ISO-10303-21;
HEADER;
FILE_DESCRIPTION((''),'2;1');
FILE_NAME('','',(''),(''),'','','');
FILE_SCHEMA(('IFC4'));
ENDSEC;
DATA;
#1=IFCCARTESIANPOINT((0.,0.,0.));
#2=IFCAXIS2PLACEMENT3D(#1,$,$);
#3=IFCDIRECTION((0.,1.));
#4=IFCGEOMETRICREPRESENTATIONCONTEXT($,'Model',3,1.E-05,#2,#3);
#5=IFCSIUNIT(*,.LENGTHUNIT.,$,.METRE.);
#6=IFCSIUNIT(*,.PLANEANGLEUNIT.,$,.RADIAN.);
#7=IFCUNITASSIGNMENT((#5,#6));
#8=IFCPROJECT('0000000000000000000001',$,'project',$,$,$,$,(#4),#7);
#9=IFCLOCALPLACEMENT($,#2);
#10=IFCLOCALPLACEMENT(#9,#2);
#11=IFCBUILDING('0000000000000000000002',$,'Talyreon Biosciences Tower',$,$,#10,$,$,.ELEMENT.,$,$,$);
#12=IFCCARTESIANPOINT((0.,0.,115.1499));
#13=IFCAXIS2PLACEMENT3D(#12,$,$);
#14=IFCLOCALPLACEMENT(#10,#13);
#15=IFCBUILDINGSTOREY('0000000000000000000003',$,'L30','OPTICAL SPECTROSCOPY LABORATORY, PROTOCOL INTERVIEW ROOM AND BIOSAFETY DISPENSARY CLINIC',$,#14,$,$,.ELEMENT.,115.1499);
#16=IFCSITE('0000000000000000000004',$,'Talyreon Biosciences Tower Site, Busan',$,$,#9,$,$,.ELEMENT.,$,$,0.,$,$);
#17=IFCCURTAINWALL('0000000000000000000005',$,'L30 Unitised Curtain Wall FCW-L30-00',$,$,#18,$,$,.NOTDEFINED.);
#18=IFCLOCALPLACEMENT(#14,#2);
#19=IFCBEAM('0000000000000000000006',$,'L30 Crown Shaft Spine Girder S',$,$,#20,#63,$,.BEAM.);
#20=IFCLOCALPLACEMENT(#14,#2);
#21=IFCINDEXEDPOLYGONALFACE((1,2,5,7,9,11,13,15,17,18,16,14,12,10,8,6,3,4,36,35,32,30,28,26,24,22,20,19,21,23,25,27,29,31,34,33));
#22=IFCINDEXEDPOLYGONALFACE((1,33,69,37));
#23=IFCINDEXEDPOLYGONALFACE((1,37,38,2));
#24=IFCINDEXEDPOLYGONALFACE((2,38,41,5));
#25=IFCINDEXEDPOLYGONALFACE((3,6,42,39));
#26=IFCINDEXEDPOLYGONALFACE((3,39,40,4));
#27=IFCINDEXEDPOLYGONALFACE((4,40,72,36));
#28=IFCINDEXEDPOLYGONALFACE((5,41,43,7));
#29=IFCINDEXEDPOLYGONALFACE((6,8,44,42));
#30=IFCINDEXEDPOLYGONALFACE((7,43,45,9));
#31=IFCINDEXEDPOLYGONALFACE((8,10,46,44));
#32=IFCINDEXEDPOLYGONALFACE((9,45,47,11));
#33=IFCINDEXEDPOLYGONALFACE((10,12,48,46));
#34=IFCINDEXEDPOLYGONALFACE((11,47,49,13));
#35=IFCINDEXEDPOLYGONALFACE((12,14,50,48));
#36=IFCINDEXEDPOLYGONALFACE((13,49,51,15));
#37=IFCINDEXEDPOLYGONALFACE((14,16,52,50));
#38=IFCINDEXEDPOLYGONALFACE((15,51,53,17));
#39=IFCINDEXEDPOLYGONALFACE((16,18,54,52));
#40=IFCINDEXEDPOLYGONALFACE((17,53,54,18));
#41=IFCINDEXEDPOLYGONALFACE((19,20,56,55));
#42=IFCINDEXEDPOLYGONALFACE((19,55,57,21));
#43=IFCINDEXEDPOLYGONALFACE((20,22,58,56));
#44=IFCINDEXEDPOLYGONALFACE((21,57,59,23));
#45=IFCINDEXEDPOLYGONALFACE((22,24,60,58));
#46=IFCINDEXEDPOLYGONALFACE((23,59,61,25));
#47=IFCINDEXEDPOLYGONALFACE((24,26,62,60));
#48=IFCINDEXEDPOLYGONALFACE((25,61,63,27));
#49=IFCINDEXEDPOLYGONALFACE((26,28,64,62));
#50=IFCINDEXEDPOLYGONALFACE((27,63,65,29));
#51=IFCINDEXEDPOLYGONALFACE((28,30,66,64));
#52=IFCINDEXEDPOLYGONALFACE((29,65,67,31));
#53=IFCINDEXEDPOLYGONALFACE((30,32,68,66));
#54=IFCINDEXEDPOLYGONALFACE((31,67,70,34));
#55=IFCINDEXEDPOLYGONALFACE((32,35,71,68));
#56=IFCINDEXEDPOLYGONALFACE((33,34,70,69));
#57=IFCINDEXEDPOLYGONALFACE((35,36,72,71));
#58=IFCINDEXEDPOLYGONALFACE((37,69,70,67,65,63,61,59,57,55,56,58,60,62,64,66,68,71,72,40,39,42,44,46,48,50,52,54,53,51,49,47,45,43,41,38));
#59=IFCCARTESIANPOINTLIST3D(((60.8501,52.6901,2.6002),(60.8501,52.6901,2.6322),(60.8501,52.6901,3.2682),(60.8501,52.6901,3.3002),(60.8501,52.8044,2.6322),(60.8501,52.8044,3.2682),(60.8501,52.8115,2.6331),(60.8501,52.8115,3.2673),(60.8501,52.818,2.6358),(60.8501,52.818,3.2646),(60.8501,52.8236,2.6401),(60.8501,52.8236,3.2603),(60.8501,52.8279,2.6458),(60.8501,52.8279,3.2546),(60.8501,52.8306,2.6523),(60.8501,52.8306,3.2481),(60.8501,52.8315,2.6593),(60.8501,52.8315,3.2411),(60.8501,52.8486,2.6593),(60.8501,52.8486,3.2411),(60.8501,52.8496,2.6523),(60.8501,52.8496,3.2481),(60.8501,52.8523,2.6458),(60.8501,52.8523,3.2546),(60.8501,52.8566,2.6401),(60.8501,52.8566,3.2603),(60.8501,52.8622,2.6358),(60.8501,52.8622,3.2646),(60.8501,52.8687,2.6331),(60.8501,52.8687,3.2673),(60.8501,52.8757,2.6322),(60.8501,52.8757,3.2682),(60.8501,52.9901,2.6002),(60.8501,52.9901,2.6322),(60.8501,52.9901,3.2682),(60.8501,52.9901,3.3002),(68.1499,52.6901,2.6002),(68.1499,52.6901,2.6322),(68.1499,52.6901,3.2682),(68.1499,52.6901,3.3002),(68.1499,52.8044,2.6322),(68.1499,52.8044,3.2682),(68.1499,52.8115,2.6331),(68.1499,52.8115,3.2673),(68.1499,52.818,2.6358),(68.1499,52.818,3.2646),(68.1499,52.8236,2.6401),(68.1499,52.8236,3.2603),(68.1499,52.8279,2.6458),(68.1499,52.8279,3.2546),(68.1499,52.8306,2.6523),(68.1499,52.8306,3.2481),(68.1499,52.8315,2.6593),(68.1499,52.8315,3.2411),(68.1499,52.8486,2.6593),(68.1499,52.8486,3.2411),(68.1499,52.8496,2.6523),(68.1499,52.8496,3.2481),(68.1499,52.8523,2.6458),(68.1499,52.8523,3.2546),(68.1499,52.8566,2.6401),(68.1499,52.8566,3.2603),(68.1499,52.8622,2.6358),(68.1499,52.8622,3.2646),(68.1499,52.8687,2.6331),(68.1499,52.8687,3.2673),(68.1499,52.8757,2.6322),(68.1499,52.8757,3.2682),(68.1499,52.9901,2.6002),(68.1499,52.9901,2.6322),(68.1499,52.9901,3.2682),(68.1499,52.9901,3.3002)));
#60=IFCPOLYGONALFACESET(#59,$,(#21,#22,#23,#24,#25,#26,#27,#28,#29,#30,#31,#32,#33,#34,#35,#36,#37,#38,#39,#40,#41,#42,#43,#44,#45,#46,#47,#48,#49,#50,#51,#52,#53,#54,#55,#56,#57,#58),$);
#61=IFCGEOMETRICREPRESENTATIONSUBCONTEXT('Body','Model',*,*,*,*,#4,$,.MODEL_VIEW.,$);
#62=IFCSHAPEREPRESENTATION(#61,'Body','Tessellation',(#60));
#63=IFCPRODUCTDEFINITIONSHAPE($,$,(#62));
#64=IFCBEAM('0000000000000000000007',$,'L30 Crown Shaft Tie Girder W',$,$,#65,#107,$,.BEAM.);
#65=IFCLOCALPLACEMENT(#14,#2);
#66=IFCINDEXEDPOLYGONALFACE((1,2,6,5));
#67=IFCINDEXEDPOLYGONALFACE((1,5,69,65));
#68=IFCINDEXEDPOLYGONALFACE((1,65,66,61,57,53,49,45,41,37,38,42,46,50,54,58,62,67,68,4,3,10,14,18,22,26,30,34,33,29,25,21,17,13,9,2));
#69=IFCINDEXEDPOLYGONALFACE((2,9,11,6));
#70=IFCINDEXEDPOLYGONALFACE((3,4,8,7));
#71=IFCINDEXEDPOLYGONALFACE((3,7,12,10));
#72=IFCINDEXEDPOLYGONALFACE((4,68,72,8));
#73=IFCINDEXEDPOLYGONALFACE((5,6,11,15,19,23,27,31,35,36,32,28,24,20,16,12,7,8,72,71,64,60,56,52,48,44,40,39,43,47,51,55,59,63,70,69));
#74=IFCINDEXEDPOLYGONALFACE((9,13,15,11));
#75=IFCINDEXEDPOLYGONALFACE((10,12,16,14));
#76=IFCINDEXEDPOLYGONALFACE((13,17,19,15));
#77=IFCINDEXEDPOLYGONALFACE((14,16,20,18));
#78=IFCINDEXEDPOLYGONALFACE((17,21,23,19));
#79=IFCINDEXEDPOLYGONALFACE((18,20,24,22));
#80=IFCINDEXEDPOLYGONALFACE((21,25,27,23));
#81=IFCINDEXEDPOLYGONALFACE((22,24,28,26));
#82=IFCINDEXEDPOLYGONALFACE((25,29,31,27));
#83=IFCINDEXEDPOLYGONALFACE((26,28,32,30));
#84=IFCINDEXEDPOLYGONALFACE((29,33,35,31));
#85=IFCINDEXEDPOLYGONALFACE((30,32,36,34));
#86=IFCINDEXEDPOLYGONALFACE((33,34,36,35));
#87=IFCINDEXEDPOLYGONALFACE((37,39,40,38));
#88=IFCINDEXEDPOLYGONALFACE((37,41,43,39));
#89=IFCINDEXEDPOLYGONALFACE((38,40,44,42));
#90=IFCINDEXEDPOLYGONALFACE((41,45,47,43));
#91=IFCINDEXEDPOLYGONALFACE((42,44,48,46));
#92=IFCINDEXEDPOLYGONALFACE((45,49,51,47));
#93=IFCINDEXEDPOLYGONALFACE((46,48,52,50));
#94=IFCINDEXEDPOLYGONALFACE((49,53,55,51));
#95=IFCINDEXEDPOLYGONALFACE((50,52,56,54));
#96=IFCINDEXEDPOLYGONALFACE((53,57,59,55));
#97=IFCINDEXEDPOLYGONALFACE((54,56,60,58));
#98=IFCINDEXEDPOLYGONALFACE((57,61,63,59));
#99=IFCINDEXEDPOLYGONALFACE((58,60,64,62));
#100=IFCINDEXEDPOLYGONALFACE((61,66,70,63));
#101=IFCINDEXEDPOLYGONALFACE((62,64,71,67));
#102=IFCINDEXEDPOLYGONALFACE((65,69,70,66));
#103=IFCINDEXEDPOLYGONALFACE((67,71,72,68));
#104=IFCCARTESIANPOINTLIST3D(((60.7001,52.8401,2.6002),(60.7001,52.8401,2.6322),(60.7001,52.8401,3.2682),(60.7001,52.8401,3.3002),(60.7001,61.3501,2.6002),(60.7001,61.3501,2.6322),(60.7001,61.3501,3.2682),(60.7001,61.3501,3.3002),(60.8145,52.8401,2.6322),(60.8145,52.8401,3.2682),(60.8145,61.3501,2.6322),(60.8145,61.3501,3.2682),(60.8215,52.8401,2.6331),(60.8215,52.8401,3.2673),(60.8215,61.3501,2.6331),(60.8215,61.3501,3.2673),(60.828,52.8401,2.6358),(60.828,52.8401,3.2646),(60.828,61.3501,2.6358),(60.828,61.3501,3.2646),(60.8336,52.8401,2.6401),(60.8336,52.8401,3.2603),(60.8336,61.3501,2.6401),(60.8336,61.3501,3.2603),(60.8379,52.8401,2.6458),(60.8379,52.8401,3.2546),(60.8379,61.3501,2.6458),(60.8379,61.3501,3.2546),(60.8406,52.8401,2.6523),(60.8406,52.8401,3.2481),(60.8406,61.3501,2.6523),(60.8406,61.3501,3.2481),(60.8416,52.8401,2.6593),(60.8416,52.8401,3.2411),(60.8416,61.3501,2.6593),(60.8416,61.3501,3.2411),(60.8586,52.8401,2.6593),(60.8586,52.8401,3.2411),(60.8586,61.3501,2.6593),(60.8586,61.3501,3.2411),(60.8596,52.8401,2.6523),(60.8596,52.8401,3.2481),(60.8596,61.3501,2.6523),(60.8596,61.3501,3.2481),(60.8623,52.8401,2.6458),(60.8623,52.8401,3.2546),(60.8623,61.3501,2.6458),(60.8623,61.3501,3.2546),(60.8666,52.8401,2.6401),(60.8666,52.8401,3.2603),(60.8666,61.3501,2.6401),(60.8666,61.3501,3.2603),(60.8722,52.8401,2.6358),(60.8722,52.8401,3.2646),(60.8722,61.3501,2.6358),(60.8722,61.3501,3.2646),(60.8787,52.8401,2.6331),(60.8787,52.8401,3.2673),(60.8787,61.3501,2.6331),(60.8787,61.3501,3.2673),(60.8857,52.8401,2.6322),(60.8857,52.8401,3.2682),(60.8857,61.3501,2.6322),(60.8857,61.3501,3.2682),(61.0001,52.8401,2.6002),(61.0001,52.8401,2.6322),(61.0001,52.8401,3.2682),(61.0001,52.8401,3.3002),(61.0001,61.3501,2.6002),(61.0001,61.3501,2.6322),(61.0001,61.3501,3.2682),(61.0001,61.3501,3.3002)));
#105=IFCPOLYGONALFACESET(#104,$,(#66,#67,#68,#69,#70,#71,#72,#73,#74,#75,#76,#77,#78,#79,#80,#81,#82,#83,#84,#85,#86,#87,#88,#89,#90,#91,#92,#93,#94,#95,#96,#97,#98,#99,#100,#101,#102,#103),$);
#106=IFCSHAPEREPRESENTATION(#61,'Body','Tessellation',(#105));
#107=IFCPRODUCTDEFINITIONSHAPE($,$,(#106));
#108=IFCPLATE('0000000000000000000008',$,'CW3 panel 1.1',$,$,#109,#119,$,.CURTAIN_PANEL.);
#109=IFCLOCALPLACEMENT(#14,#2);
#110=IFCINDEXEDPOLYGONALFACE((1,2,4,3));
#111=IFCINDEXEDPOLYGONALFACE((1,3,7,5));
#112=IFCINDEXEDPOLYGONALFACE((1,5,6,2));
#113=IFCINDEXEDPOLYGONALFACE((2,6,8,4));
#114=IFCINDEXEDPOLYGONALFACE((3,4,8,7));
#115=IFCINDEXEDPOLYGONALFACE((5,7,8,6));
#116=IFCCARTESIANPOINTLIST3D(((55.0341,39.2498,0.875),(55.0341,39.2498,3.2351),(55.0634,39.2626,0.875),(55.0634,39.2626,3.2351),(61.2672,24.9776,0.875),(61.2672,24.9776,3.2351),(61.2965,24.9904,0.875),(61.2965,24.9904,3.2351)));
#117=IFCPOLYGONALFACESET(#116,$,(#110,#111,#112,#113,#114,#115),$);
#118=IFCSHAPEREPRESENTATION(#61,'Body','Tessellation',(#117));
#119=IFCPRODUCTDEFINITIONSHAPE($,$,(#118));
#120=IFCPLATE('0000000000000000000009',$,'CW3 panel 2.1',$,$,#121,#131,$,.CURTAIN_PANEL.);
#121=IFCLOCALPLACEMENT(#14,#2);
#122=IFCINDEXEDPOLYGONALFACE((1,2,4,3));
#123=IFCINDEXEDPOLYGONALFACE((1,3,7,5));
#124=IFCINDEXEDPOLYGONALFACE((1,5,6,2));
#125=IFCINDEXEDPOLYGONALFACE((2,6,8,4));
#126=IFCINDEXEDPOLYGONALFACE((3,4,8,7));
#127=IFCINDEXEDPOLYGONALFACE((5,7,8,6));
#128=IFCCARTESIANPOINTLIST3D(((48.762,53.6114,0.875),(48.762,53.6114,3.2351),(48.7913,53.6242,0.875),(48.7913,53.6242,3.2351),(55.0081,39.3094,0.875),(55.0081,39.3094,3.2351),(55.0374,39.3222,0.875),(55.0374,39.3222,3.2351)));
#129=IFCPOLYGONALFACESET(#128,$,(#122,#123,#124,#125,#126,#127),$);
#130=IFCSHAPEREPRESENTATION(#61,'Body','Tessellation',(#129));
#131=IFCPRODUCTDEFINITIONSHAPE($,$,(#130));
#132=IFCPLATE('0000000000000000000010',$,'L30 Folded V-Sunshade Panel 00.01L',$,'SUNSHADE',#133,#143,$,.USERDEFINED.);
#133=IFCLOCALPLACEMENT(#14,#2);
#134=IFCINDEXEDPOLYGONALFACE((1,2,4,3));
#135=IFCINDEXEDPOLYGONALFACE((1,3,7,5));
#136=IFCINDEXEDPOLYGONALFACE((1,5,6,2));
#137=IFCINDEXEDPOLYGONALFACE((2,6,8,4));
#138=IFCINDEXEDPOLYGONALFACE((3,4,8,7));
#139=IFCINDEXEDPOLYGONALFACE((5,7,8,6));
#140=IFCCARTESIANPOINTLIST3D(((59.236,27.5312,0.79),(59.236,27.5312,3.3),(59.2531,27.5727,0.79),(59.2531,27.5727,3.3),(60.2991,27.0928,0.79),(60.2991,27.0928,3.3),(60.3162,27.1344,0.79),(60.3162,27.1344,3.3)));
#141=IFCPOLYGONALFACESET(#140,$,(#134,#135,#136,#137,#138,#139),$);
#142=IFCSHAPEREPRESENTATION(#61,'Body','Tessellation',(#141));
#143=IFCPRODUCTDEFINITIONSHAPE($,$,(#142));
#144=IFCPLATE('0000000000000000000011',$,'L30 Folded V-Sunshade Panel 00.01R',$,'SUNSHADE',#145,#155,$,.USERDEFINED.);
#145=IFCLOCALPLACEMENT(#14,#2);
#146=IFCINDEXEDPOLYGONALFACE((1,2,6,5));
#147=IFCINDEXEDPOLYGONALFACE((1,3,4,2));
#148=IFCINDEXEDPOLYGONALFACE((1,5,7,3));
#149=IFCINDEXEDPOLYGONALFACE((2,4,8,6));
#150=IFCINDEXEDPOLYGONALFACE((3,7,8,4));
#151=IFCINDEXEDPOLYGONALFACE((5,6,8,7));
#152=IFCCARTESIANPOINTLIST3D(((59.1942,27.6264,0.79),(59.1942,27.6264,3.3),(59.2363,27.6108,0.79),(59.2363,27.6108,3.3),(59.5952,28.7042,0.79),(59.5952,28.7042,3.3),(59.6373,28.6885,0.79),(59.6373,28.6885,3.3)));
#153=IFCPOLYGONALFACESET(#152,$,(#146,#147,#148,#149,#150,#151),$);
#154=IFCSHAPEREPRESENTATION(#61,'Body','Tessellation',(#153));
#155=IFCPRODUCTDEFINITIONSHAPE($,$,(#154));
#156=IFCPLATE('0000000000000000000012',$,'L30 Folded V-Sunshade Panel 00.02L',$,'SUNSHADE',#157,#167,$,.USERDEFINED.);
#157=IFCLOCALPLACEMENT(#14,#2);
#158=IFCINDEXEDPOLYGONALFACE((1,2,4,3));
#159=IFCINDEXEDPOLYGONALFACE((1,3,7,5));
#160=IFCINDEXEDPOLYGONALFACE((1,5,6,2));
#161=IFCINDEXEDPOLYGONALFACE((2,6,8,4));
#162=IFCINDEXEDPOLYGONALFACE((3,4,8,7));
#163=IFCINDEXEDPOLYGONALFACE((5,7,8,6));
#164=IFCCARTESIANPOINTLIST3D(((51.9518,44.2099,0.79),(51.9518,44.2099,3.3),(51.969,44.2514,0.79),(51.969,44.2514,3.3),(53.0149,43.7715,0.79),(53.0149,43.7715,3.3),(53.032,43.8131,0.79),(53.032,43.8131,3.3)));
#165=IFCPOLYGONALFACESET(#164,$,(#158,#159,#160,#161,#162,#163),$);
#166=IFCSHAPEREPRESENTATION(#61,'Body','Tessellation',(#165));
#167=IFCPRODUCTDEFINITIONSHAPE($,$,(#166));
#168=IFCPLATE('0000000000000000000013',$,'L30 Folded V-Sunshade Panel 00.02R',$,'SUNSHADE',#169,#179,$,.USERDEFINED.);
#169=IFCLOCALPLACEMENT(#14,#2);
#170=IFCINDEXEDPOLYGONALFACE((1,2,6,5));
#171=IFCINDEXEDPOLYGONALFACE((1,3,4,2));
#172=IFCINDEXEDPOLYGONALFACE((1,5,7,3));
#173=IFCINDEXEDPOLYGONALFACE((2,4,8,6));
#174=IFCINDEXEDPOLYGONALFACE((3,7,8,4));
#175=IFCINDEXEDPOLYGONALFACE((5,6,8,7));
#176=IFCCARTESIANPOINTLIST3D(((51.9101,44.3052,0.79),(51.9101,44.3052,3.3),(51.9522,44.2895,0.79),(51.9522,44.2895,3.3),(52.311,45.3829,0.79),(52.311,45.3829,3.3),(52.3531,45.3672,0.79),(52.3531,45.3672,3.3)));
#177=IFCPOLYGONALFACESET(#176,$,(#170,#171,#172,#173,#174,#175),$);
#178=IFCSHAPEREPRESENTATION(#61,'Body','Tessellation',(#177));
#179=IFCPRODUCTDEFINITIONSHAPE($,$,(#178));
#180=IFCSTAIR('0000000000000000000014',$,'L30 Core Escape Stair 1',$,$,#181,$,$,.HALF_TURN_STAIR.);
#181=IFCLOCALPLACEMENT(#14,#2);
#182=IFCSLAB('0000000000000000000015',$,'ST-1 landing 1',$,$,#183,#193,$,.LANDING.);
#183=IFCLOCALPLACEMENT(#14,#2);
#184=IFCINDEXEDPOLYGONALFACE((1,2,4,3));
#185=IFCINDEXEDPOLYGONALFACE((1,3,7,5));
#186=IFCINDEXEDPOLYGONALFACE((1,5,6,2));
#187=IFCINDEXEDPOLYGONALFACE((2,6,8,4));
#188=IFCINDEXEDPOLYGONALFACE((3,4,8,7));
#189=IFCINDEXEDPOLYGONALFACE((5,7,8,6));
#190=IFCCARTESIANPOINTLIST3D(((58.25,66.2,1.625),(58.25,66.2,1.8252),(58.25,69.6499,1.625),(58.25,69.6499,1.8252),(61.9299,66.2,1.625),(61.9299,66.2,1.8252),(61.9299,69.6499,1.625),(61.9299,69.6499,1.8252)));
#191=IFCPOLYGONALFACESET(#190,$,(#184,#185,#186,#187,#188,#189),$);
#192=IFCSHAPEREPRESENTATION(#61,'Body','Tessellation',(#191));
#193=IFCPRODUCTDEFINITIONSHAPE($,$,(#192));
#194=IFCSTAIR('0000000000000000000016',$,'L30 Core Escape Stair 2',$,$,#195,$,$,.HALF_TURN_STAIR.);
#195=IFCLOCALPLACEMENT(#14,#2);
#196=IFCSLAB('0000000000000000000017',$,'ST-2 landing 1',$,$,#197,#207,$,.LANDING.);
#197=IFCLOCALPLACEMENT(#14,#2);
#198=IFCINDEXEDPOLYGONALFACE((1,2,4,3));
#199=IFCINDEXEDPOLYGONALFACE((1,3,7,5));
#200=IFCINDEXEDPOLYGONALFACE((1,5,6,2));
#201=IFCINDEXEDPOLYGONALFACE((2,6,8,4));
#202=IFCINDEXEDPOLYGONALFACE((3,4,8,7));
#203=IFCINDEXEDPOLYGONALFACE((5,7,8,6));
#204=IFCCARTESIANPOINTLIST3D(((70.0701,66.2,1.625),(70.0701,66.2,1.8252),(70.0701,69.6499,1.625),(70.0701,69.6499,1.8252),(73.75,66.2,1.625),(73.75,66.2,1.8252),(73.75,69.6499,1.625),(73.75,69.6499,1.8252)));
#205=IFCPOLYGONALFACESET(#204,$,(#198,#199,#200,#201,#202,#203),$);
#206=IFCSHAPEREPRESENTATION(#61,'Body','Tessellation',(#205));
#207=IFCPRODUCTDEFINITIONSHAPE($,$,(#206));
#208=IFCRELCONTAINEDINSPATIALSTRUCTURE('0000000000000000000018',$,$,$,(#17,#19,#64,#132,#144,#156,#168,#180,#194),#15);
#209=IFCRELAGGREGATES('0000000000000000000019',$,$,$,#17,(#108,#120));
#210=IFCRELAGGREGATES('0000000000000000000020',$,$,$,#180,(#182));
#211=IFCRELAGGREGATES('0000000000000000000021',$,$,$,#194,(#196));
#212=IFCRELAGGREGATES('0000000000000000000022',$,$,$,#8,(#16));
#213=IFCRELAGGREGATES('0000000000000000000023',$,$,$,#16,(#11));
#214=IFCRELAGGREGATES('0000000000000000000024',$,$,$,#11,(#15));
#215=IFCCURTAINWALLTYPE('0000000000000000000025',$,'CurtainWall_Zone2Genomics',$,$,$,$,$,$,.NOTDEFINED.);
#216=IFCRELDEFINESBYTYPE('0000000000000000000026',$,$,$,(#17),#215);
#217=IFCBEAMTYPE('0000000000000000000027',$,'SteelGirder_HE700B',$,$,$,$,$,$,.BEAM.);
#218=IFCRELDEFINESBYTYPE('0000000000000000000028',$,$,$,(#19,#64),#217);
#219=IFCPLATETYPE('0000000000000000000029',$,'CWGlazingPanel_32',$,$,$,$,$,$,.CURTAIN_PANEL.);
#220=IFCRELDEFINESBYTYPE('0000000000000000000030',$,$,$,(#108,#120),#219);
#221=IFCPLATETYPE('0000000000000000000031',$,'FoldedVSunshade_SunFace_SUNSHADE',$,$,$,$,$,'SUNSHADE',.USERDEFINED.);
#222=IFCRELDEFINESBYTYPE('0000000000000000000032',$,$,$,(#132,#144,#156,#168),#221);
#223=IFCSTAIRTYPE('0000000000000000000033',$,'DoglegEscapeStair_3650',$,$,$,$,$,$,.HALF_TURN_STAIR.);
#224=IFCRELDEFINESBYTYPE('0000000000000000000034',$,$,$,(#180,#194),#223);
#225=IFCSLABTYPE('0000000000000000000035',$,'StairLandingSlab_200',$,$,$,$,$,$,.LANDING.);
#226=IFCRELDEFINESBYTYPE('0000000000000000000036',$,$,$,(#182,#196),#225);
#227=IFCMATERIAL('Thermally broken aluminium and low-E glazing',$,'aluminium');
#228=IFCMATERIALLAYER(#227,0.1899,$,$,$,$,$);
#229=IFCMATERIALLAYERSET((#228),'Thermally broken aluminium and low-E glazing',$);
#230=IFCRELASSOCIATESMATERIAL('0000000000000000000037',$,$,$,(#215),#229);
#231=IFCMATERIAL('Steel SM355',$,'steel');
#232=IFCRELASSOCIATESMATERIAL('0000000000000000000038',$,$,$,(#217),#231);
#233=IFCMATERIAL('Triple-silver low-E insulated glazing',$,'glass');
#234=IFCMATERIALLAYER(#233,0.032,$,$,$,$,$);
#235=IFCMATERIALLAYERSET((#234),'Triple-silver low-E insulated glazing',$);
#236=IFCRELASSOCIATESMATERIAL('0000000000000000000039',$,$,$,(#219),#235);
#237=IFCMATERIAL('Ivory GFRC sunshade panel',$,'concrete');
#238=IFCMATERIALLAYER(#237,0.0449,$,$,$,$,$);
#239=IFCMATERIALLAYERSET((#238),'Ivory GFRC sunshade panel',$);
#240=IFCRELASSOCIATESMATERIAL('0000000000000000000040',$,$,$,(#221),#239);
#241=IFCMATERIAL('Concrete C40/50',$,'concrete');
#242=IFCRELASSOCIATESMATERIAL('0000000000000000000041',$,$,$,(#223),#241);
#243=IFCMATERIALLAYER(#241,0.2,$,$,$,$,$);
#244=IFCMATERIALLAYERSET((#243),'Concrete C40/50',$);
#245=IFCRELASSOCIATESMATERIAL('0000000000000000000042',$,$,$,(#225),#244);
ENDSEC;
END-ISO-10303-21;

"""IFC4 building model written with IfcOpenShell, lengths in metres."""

from ifc_helpers import new_model, si_unit, direction, frame, origin, origin_2d, place, context, subcontext, project, spatial, polyline, rectangle, i_section, outline, extrude, material, layer, layer_set, material_profile, profile_set, type_object, element, aggregate, save


model = new_model("IFC4")

# Units and contexts
model_context = context("Model", 3, precision=1e-05, world=origin(), true_north=direction((0.0, 1.0)))
body_context = subcontext(model_context, "Body", "Model", "MODEL_VIEW")
ifc_project = project(units=[si_unit("LENGTHUNIT", "METRE"), si_unit("PLANEANGLEUNIT", "RADIAN")], contexts=[model_context])

# Site, building, storey
site_placement = place(None, origin())
site = spatial("IfcSite", under=ifc_project, at=site_placement, Name="Talyreon Biosciences Tower Site, Busan", CompositionType="ELEMENT", RefElevation=0.0)
building_placement = place(site_placement, origin())
building = spatial("IfcBuilding", under=site, at=building_placement, Name="Talyreon Biosciences Tower", CompositionType="ELEMENT")
storey_placement = place(building_placement, frame((0.0, 0.0, 115.1499)))
storey = spatial("IfcBuildingStorey", under=building, at=storey_placement, Name="L30", Description="OPTICAL SPECTROSCOPY LABORATORY, PROTOCOL INTERVIEW ROOM AND BIOSAFETY DISPENSARY CLINIC", CompositionType="ELEMENT", Elevation=115.1499)

# Curtain wall
ifc_material_1 = material(Name="Thermally broken aluminium and low-E glazing", Category="aluminium")
ifc_layer_1 = layer(ifc_material_1, 0.1899)
ifc_layer_set_1 = layer_set([ifc_layer_1], Name="Thermally broken aluminium and low-E glazing")
curtain_wall_type = type_object("IfcCurtainWallType", Name="CurtainWall_Zone2Genomics", PredefinedType="NOTDEFINED", material=ifc_layer_set_1)
curtain_wall_placement = place(storey_placement, origin())
curtain_wall = element("IfcCurtainWall", 1, at=curtain_wall_placement, inside=storey, type_object=curtain_wall_type, Name="L30 Unitised Curtain Wall FCW-L30-00", PredefinedType="NOTDEFINED")

# Beams
ifc_material_2 = material(Name="Steel SM355", Category="steel")
ifc_material_profile_1 = material_profile(ifc_material_2, i_section(OverallWidth=0.3, OverallDepth=0.7, WebThickness=0.0171, FlangeThickness=0.032, FilletRadius=0.0271, at=origin_2d()), Name="HE700B")
ifc_profile_set_1 = profile_set([ifc_material_profile_1], Name="Steel SM355")
beam_type_1 = type_object("IfcBeamType", Name="SteelGirder_HE700B", PredefinedType="BEAM", material=ifc_profile_set_1)
beam_1_placement = place(storey_placement, frame((60.8501, 52.8401, 2.9502), z_axis=(1.0, 0.0, 0.0), x_axis=(0.0, 1.0, 0.0)))
element("IfcBeam", 2, at=beam_1_placement, inside=storey, type_object=beam_type_1, Name="L30 Crown Shaft Spine Girder S", PredefinedType="BEAM", context=body_context, shape_type="SweptSolid", body=[
    extrude(i_section(OverallWidth=0.3, OverallDepth=0.7, WebThickness=0.0171, FlangeThickness=0.032, FilletRadius=0.0271, at=origin_2d()), origin(), (0.0, 0.0, 1.0), 7.2998),
])
beam_2_placement = place(storey_placement, frame((60.8501, 52.8401, 2.9502), z_axis=(0.0, 1.0, 0.0), x_axis=(-1.0, 0.0, 0.0)))
element("IfcBeam", 3, at=beam_2_placement, inside=storey, type_object=beam_type_1, Name="L30 Crown Shaft Tie Girder W", PredefinedType="BEAM", context=body_context, shape_type="SweptSolid", body=[
    extrude(i_section(OverallWidth=0.3, OverallDepth=0.7, WebThickness=0.0171, FlangeThickness=0.032, FilletRadius=0.0271, at=origin_2d()), origin(), (0.0, 0.0, 1.0), 8.51),
])

# Plates
ifc_material_3 = material(Name="Triple-silver low-E insulated glazing", Category="glass")
ifc_layer_2 = layer(ifc_material_3, 0.032)
ifc_layer_set_2 = layer_set([ifc_layer_2], Name="Triple-silver low-E insulated glazing")
plate_type_1 = type_object("IfcPlateType", Name="CWGlazingPanel_32", PredefinedType="CURTAIN_PANEL", material=ifc_layer_set_2)
plate_1_placement = place(storey_placement, frame((58.1653, 32.1201, 0.875), z_axis=(0.0, 0.0, 1.0), x_axis=(-0.400226, 0.916416, 0.0)))
plate_1 = element("IfcPlate", 4, at=plate_1_placement, type_object=plate_type_1, Name="CW3 panel 1.1", PredefinedType="CURTAIN_PANEL", context=body_context, shape_type="SweptSolid", body=[
    extrude(rectangle(XDim=15.574, YDim=0.032, at=origin_2d()), origin(), (0.0, 0.0, 1.0), 2.3601),
])
plate_2_placement = place(storey_placement, frame((51.8997, 46.4668, 0.875), z_axis=(0.0, 0.0, 1.0), x_axis=(-0.400226, 0.916416, 0.0)))
plate_2 = element("IfcPlate", 5, at=plate_2_placement, type_object=plate_type_1, Name="CW3 panel 2.1", PredefinedType="CURTAIN_PANEL", context=body_context, shape_type="SweptSolid", body=[
    extrude(rectangle(XDim=15.6064, YDim=0.032, at=origin_2d()), origin(), (0.0, 0.0, 1.0), 2.3601),
])
aggregate(curtain_wall, [plate_1, plate_2])

# Plates
ifc_material_4 = material(Name="Ivory GFRC sunshade panel", Category="concrete")
ifc_layer_3 = layer(ifc_material_4, 0.0449)
ifc_layer_set_3 = layer_set([ifc_layer_3], Name="Ivory GFRC sunshade panel")
plate_type_2 = type_object("IfcPlateType", Name="FoldedVSunshade_SunFace_SUNSHADE", ElementType="SUNSHADE", PredefinedType="USERDEFINED", material=ifc_layer_set_3)
for number, where, z_axis, x_axis, name in (
    (6, (59.7761, 27.3328, 0.79), (0.0, 0.0, 1.0), (-0.924493, 0.381199, 0.0), "L30 Folded V-Sunshade Panel 00.01L"),
    (7, (59.4158, 28.1575, 0.79), (0.0, 0.0, 1.0), (0.348703, 0.937233, 0.0), "L30 Folded V-Sunshade Panel 00.01R"),
    (8, (52.4919, 44.0115, 0.79), (0.0, 0.0, 1.0), (-0.924493, 0.381199, 0.0), "L30 Folded V-Sunshade Panel 00.02L"),
    (9, (52.1316, 44.8362, 0.79), (0.0, 0.0, 1.0), (0.348703, 0.937233, 0.0), "L30 Folded V-Sunshade Panel 00.02R"),
):
    element("IfcPlate", number, at=place(storey_placement, frame(where, z_axis=z_axis, x_axis=x_axis)), inside=storey, type_object=plate_type_2, Name=name, ObjectType="SUNSHADE", PredefinedType="USERDEFINED", context=body_context, shape_type="SweptSolid", body=[
        extrude(rectangle(XDim=1.1499, YDim=0.0449, at=origin_2d()), origin(), (0.0, 0.0, 1.0), 2.51),
    ])

# Stairs, slabs
ifc_material_5 = material(Name="Concrete C40/50", Category="concrete")
stair_type = type_object("IfcStairType", Name="DoglegEscapeStair_3650", PredefinedType="HALF_TURN_STAIR", material=ifc_material_5)
stair_1_placement = place(storey_placement, origin())
stair_1 = element("IfcStair", 10, at=stair_1_placement, inside=storey, type_object=stair_type, Name="L30 Core Escape Stair 1", PredefinedType="HALF_TURN_STAIR")
ifc_layer_4 = layer(ifc_material_5, 0.2)
ifc_layer_set_4 = layer_set([ifc_layer_4], Name="Concrete C40/50")
slab_type_1 = type_object("IfcSlabType", Name="StairLandingSlab_200", PredefinedType="LANDING", material=ifc_layer_set_4)
slab_1_placement = place(storey_placement, frame((0.0, 0.0, 1.625)))
slab_1 = element("IfcSlab", 11, at=slab_1_placement, type_object=slab_type_1, Name="ST-1 landing 1", PredefinedType="LANDING", context=body_context, shape_type="SweptSolid", body=[
    extrude(outline(polyline([(61.9299, 66.2), (61.9299, 69.6499), (58.25, 69.6499), (58.25, 66.2), (61.9299, 66.2)])), origin(), (0.0, 0.0, 1.0), 0.2002),
])
aggregate(stair_1, [slab_1])
stair_2_placement = place(storey_placement, origin())
stair_2 = element("IfcStair", 12, at=stair_2_placement, inside=storey, type_object=stair_type, Name="L30 Core Escape Stair 2", PredefinedType="HALF_TURN_STAIR")
slab_2_placement = place(storey_placement, frame((0.0, 0.0, 1.625)))
slab_2 = element("IfcSlab", 13, at=slab_2_placement, type_object=slab_type_1, Name="ST-2 landing 1", PredefinedType="LANDING", context=body_context, shape_type="SweptSolid", body=[
    extrude(outline(polyline([(73.75, 66.2), (73.75, 69.6499), (70.0701, 69.6499), (70.0701, 66.2), (73.75, 66.2)])), origin(), (0.0, 0.0, 1.0), 0.2002),
])
aggregate(stair_2, [slab_2])

save(model, "model.ifc")
